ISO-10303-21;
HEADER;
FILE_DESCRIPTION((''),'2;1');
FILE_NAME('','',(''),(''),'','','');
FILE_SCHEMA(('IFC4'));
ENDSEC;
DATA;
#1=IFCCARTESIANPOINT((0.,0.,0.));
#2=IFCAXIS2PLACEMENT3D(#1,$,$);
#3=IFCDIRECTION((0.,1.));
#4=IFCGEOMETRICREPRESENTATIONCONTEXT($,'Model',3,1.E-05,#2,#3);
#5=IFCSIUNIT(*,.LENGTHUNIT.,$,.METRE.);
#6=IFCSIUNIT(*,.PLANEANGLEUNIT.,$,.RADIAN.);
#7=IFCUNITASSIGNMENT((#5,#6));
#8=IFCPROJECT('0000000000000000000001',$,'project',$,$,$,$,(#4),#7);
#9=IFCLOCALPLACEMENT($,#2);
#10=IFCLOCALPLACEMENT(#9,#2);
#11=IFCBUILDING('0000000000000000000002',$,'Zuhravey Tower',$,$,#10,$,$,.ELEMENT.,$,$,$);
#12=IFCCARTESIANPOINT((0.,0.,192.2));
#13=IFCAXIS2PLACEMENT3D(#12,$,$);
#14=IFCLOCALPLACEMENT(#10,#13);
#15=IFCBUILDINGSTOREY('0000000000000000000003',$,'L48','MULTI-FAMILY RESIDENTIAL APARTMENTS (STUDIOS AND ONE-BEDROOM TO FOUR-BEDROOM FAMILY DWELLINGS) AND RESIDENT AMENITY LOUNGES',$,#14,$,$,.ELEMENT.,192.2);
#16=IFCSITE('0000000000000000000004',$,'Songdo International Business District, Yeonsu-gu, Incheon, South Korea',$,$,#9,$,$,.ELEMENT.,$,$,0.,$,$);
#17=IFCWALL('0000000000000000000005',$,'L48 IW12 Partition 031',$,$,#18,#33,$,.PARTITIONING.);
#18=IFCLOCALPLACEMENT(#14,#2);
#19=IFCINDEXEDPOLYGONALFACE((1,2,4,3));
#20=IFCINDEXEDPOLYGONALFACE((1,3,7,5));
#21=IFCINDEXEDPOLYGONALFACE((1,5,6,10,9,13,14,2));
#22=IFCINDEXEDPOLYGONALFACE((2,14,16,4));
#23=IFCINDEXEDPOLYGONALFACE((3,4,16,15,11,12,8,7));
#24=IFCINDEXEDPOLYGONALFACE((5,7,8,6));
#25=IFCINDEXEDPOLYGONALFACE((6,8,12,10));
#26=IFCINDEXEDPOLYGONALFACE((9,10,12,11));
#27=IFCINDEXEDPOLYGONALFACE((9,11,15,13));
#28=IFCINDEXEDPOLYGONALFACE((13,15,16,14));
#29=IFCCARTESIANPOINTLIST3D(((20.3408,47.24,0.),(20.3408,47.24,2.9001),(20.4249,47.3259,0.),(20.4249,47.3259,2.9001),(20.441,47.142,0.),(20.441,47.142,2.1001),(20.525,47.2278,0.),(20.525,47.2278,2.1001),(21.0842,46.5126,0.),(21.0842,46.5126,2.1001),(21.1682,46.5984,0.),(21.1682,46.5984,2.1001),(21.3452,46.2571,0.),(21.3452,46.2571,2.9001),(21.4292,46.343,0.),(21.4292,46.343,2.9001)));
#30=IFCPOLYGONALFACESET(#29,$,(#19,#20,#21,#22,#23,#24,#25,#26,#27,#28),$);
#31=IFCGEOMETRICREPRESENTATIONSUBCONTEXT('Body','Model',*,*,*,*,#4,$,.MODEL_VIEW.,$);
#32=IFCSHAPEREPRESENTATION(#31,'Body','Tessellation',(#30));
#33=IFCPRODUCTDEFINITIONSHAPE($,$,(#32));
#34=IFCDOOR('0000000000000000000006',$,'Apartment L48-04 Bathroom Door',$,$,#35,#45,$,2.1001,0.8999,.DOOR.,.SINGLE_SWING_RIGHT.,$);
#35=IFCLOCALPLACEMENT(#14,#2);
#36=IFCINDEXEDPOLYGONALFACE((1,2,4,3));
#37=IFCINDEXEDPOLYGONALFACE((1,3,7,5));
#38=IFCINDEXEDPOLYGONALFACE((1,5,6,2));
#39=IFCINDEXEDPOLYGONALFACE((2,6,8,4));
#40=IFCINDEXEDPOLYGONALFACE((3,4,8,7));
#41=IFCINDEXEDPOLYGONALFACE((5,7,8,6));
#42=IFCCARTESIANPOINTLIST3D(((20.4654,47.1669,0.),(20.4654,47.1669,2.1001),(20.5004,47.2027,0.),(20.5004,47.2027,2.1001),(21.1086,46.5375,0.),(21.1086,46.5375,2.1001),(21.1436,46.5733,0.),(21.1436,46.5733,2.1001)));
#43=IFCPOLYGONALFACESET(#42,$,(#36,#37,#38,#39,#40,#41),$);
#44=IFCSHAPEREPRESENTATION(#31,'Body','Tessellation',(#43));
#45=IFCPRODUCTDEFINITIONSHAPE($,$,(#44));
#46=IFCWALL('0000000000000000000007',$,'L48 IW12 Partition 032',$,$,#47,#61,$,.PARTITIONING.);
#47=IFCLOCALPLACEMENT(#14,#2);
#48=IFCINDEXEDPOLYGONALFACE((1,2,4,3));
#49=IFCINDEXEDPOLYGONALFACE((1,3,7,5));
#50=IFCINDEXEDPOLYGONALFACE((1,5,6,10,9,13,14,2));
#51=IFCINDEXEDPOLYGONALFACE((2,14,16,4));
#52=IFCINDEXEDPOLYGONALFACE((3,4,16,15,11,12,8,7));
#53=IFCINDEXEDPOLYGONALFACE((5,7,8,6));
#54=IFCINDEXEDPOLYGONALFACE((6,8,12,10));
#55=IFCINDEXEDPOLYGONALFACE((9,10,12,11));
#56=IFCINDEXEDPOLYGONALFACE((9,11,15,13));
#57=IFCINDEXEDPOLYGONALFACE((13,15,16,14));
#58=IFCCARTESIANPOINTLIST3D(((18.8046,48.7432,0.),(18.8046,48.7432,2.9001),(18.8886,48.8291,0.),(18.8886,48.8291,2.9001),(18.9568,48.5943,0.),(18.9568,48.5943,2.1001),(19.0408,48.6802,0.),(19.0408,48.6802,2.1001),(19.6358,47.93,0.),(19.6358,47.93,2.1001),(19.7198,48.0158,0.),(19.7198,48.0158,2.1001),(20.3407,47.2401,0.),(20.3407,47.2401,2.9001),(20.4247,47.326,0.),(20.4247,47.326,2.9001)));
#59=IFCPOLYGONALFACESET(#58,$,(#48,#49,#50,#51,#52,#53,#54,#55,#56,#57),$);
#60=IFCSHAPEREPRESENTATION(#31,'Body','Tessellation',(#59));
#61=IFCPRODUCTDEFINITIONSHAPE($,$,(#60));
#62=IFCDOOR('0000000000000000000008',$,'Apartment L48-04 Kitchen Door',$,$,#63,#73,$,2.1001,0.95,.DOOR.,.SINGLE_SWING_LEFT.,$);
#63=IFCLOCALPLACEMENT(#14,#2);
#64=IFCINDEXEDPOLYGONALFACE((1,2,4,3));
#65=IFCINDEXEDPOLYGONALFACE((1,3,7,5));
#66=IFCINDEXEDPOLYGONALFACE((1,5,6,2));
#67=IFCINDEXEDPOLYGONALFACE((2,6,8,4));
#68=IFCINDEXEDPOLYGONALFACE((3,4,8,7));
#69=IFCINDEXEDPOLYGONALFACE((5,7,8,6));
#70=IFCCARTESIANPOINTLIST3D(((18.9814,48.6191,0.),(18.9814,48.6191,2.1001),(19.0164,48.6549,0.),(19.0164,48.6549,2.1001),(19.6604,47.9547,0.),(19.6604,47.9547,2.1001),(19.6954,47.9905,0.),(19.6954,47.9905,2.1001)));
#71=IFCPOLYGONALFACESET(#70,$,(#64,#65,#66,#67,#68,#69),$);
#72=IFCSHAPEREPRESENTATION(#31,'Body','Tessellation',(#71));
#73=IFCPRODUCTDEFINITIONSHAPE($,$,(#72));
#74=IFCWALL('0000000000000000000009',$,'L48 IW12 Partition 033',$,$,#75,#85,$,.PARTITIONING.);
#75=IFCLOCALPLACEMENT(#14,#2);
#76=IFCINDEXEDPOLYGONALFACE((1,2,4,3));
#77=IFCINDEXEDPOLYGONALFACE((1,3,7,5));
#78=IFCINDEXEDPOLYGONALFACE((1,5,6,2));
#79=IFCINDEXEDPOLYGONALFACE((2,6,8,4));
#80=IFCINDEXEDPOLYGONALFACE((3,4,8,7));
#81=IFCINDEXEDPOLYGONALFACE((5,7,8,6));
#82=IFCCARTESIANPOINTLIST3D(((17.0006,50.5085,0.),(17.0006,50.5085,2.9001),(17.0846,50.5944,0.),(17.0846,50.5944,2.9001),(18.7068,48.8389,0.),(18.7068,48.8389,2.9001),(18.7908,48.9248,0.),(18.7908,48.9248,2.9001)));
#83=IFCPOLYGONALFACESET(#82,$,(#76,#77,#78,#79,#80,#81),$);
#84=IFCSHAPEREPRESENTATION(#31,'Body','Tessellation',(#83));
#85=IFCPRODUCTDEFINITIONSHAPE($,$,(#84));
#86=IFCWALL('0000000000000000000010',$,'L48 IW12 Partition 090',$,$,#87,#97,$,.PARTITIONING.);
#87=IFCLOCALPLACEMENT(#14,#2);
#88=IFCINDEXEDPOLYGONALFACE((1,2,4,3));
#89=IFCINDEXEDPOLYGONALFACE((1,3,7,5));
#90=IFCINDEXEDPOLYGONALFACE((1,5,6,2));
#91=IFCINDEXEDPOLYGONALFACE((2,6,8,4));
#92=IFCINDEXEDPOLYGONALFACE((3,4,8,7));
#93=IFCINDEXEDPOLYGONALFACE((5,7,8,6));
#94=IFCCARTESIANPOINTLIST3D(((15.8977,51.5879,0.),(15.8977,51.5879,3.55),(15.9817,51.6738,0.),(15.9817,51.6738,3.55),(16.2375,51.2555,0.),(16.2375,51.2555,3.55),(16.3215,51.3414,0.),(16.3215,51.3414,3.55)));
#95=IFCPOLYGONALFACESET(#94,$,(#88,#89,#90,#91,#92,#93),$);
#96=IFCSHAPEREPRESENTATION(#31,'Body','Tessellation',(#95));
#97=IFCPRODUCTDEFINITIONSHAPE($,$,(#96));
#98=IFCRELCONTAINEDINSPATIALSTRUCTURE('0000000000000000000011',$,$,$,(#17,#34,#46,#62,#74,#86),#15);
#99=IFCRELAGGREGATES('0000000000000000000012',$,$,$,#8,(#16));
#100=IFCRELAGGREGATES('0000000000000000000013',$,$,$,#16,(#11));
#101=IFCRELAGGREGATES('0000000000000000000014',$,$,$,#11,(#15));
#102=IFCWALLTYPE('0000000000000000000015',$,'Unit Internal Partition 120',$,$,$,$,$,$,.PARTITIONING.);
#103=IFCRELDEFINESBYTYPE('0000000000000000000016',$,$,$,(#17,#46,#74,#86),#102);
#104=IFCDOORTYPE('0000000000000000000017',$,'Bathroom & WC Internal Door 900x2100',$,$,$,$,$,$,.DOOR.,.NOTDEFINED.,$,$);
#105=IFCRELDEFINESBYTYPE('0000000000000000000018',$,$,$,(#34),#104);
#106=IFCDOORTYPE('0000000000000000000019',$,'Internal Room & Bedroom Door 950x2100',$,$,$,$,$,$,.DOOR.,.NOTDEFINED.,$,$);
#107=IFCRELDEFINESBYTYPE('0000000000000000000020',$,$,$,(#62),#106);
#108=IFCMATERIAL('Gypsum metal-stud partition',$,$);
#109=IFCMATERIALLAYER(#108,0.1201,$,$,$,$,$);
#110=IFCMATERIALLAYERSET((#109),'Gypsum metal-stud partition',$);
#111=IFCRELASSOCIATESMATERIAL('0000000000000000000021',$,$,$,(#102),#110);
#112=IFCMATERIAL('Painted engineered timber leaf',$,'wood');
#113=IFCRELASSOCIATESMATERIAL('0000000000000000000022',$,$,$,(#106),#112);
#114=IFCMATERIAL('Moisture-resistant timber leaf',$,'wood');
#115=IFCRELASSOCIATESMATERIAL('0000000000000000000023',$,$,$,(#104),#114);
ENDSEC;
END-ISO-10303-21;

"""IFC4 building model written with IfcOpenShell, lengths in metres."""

from ifc_helpers import new_model, si_unit, direction, frame, frame_2d, origin, place, context, subcontext, project, spatial, rectangle, extrude, material, layer, layer_set, type_object, element, fill, save


model = new_model("IFC4")

# Units and contexts
model_context = context("Model", 3, precision=1e-05, world=origin(), true_north=direction((0.0, 1.0)))
body_context = subcontext(model_context, "Body", "Model", "MODEL_VIEW")
ifc_project = project(units=[si_unit("LENGTHUNIT", "METRE"), si_unit("PLANEANGLEUNIT", "RADIAN")], contexts=[model_context])

# Site, building, storey
site_placement = place(None, origin())
site = spatial("IfcSite", under=ifc_project, at=site_placement, Name="Songdo International Business District, Yeonsu-gu, Incheon, South Korea", CompositionType="ELEMENT", RefElevation=0.0)
building_placement = place(site_placement, origin())
building = spatial("IfcBuilding", under=site, at=building_placement, Name="Zuhravey Tower", CompositionType="ELEMENT")
storey_placement = place(building_placement, frame((0.0, 0.0, 192.2)))
storey = spatial("IfcBuildingStorey", under=building, at=storey_placement, Name="L48", Description="MULTI-FAMILY RESIDENTIAL APARTMENTS (STUDIOS AND ONE-BEDROOM TO FOUR-BEDROOM FAMILY DWELLINGS) AND RESIDENT AMENITY LOUNGES", CompositionType="ELEMENT", Elevation=192.2)

# Walls, openings, doors
ifc_material_1 = material(Name="Gypsum metal-stud partition")
ifc_layer_1 = layer(ifc_material_1, 0.1201)
ifc_layer_set_1 = layer_set([ifc_layer_1], Name="Gypsum metal-stud partition")
wall_type_1 = type_object("IfcWallType", Name="Unit Internal Partition 120", PredefinedType="PARTITIONING", material=ifc_layer_set_1)
ifc_material_2 = material(Name="Painted engineered timber leaf", Category="wood")
door_type_1 = type_object("IfcDoorType", Name="Internal Room & Bedroom Door 950x2100", OperationType="NOTDEFINED", PredefinedType="DOOR", material=ifc_material_2)
wall_1_placement = place(storey_placement, frame((21.3872, 46.3, 0.0), z_axis=(0.0, 0.0, 1.0), x_axis=(-0.714709, 0.699422, 0.0)))
wall_1 = element("IfcWall", 1, at=wall_1_placement, inside=storey, type_object=wall_type_1, Name="L48 IW12 Partition 031", PredefinedType="PARTITIONING", context=body_context, shape_type="SweptSolid", body=[
    extrude(rectangle(XDim=1.4053, YDim=0.1201, at=frame_2d((0.7026, 0.0))), origin(), (0.0, 0.0, 1.0), 2.9001),
])
opening_1_placement = place(wall_1_placement, frame((0.3652, 0.0, 0.0)))
opening_1 = element("IfcOpeningElement", 2, at=opening_1_placement, cuts=wall_1, PredefinedType="OPENING", context=body_context, shape_type="SweptSolid", body=[
    extrude(rectangle(XDim=0.8999, YDim=2.1001, at=frame_2d((0.45, 1.05))), frame((0.0, 0.072, 0.0), z_axis=(0.0, -1.0, 0.0), x_axis=(1.0, 0.0, 0.0)), (0.0, 0.0, 1.0), 0.144),
])
ifc_material_3 = material(Name="Moisture-resistant timber leaf", Category="wood")
door_type_2 = type_object("IfcDoorType", Name="Bathroom & WC Internal Door 900x2100", OperationType="NOTDEFINED", PredefinedType="DOOR", material=ifc_material_3)
door_1_placement = place(opening_1_placement, frame((0.8999, 0.0, 0.0), z_axis=(0.0, 0.0, 1.0), x_axis=(-1.0, 0.0, 0.0)))
door_1 = element("IfcDoor", 3, at=door_1_placement, inside=storey, type_object=door_type_2, Name="Apartment L48-04 Bathroom Door", OperationType="SINGLE_SWING_RIGHT", OverallHeight=2.1001, OverallWidth=0.8999, PredefinedType="DOOR", context=body_context, shape_type="SweptSolid", body=[
    extrude(rectangle(XDim=0.8999, YDim=2.1001, at=frame_2d((0.45, 1.05))), frame((0.0, 0.0249, 0.0), z_axis=(0.0, -1.0, 0.0), x_axis=(1.0, 0.0, 0.0)), (0.0, 0.0, 1.0), 0.05),
])
fill(opening_1, door_1)
wall_2_placement = place(storey_placement, frame((20.3828, 47.283, 0.0), z_axis=(0.0, 0.0, 1.0), x_axis=(-0.714733, 0.699398, 0.0)))
wall_2 = element("IfcWall", 4, at=wall_2_placement, inside=storey, type_object=wall_type_1, Name="L48 IW12 Partition 032", PredefinedType="PARTITIONING", context=body_context, shape_type="SweptSolid", body=[
    extrude(rectangle(XDim=2.1492, YDim=0.1201, at=frame_2d((1.0747, 0.0))), origin(), (0.0, 0.0, 1.0), 2.9001),
])
opening_2_placement = place(wall_2_placement, frame((0.9863, 0.0, 0.0)))
opening_2 = element("IfcOpeningElement", 5, at=opening_2_placement, cuts=wall_2, PredefinedType="OPENING", context=body_context, shape_type="SweptSolid", body=[
    extrude(rectangle(XDim=0.95, YDim=2.1001, at=frame_2d((0.4751, 1.05))), frame((0.0, 0.072, 0.0), z_axis=(0.0, -1.0, 0.0), x_axis=(1.0, 0.0, 0.0)), (0.0, 0.0, 1.0), 0.144),
])
door_2_placement = place(opening_2_placement, frame((0.95, 0.0, 0.0), z_axis=(0.0, 0.0, 1.0), x_axis=(-1.0, 0.0, 0.0)))
door_2 = element("IfcDoor", 6, at=door_2_placement, inside=storey, type_object=door_type_1, Name="Apartment L48-04 Kitchen Door", OperationType="SINGLE_SWING_LEFT", OverallHeight=2.1001, OverallWidth=0.95, PredefinedType="DOOR", context=body_context, shape_type="SweptSolid", body=[
    extrude(rectangle(XDim=0.95, YDim=2.1001, at=frame_2d((0.4751, 1.05))), frame((0.0, 0.0249, 0.0), z_axis=(0.0, -1.0, 0.0), x_axis=(1.0, 0.0, 0.0)), (0.0, 0.0, 1.0), 0.05),
])
fill(opening_2, door_2)

# Walls
wall_3_placement = place(storey_placement, frame((18.7488, 48.8818, 0.0), z_axis=(0.0, 0.0, 1.0), x_axis=(-0.714735, 0.699395, 0.0)))
element("IfcWall", 7, at=wall_3_placement, inside=storey, type_object=wall_type_1, Name="L48 IW12 Partition 033", PredefinedType="PARTITIONING", context=body_context, shape_type="SweptSolid", body=[
    extrude(rectangle(XDim=2.3872, YDim=0.1201, at=frame_2d((1.1936, 0.0))), origin(), (0.0, 0.0, 1.0), 2.9001),
])
wall_4_placement = place(storey_placement, frame((16.2795, 51.2983, 0.0), z_axis=(0.0, 0.0, 1.0), x_axis=(-0.714767, 0.699363, 0.0)))
element("IfcWall", 8, at=wall_4_placement, inside=storey, type_object=wall_type_1, Name="L48 IW12 Partition 090", PredefinedType="PARTITIONING", context=body_context, shape_type="SweptSolid", body=[
    extrude(rectangle(XDim=0.4753, YDim=0.1201, at=frame_2d((0.2378, 0.0))), origin(), (0.0, 0.0, 1.0), 3.55),
])

save(model, "model.ifc")
